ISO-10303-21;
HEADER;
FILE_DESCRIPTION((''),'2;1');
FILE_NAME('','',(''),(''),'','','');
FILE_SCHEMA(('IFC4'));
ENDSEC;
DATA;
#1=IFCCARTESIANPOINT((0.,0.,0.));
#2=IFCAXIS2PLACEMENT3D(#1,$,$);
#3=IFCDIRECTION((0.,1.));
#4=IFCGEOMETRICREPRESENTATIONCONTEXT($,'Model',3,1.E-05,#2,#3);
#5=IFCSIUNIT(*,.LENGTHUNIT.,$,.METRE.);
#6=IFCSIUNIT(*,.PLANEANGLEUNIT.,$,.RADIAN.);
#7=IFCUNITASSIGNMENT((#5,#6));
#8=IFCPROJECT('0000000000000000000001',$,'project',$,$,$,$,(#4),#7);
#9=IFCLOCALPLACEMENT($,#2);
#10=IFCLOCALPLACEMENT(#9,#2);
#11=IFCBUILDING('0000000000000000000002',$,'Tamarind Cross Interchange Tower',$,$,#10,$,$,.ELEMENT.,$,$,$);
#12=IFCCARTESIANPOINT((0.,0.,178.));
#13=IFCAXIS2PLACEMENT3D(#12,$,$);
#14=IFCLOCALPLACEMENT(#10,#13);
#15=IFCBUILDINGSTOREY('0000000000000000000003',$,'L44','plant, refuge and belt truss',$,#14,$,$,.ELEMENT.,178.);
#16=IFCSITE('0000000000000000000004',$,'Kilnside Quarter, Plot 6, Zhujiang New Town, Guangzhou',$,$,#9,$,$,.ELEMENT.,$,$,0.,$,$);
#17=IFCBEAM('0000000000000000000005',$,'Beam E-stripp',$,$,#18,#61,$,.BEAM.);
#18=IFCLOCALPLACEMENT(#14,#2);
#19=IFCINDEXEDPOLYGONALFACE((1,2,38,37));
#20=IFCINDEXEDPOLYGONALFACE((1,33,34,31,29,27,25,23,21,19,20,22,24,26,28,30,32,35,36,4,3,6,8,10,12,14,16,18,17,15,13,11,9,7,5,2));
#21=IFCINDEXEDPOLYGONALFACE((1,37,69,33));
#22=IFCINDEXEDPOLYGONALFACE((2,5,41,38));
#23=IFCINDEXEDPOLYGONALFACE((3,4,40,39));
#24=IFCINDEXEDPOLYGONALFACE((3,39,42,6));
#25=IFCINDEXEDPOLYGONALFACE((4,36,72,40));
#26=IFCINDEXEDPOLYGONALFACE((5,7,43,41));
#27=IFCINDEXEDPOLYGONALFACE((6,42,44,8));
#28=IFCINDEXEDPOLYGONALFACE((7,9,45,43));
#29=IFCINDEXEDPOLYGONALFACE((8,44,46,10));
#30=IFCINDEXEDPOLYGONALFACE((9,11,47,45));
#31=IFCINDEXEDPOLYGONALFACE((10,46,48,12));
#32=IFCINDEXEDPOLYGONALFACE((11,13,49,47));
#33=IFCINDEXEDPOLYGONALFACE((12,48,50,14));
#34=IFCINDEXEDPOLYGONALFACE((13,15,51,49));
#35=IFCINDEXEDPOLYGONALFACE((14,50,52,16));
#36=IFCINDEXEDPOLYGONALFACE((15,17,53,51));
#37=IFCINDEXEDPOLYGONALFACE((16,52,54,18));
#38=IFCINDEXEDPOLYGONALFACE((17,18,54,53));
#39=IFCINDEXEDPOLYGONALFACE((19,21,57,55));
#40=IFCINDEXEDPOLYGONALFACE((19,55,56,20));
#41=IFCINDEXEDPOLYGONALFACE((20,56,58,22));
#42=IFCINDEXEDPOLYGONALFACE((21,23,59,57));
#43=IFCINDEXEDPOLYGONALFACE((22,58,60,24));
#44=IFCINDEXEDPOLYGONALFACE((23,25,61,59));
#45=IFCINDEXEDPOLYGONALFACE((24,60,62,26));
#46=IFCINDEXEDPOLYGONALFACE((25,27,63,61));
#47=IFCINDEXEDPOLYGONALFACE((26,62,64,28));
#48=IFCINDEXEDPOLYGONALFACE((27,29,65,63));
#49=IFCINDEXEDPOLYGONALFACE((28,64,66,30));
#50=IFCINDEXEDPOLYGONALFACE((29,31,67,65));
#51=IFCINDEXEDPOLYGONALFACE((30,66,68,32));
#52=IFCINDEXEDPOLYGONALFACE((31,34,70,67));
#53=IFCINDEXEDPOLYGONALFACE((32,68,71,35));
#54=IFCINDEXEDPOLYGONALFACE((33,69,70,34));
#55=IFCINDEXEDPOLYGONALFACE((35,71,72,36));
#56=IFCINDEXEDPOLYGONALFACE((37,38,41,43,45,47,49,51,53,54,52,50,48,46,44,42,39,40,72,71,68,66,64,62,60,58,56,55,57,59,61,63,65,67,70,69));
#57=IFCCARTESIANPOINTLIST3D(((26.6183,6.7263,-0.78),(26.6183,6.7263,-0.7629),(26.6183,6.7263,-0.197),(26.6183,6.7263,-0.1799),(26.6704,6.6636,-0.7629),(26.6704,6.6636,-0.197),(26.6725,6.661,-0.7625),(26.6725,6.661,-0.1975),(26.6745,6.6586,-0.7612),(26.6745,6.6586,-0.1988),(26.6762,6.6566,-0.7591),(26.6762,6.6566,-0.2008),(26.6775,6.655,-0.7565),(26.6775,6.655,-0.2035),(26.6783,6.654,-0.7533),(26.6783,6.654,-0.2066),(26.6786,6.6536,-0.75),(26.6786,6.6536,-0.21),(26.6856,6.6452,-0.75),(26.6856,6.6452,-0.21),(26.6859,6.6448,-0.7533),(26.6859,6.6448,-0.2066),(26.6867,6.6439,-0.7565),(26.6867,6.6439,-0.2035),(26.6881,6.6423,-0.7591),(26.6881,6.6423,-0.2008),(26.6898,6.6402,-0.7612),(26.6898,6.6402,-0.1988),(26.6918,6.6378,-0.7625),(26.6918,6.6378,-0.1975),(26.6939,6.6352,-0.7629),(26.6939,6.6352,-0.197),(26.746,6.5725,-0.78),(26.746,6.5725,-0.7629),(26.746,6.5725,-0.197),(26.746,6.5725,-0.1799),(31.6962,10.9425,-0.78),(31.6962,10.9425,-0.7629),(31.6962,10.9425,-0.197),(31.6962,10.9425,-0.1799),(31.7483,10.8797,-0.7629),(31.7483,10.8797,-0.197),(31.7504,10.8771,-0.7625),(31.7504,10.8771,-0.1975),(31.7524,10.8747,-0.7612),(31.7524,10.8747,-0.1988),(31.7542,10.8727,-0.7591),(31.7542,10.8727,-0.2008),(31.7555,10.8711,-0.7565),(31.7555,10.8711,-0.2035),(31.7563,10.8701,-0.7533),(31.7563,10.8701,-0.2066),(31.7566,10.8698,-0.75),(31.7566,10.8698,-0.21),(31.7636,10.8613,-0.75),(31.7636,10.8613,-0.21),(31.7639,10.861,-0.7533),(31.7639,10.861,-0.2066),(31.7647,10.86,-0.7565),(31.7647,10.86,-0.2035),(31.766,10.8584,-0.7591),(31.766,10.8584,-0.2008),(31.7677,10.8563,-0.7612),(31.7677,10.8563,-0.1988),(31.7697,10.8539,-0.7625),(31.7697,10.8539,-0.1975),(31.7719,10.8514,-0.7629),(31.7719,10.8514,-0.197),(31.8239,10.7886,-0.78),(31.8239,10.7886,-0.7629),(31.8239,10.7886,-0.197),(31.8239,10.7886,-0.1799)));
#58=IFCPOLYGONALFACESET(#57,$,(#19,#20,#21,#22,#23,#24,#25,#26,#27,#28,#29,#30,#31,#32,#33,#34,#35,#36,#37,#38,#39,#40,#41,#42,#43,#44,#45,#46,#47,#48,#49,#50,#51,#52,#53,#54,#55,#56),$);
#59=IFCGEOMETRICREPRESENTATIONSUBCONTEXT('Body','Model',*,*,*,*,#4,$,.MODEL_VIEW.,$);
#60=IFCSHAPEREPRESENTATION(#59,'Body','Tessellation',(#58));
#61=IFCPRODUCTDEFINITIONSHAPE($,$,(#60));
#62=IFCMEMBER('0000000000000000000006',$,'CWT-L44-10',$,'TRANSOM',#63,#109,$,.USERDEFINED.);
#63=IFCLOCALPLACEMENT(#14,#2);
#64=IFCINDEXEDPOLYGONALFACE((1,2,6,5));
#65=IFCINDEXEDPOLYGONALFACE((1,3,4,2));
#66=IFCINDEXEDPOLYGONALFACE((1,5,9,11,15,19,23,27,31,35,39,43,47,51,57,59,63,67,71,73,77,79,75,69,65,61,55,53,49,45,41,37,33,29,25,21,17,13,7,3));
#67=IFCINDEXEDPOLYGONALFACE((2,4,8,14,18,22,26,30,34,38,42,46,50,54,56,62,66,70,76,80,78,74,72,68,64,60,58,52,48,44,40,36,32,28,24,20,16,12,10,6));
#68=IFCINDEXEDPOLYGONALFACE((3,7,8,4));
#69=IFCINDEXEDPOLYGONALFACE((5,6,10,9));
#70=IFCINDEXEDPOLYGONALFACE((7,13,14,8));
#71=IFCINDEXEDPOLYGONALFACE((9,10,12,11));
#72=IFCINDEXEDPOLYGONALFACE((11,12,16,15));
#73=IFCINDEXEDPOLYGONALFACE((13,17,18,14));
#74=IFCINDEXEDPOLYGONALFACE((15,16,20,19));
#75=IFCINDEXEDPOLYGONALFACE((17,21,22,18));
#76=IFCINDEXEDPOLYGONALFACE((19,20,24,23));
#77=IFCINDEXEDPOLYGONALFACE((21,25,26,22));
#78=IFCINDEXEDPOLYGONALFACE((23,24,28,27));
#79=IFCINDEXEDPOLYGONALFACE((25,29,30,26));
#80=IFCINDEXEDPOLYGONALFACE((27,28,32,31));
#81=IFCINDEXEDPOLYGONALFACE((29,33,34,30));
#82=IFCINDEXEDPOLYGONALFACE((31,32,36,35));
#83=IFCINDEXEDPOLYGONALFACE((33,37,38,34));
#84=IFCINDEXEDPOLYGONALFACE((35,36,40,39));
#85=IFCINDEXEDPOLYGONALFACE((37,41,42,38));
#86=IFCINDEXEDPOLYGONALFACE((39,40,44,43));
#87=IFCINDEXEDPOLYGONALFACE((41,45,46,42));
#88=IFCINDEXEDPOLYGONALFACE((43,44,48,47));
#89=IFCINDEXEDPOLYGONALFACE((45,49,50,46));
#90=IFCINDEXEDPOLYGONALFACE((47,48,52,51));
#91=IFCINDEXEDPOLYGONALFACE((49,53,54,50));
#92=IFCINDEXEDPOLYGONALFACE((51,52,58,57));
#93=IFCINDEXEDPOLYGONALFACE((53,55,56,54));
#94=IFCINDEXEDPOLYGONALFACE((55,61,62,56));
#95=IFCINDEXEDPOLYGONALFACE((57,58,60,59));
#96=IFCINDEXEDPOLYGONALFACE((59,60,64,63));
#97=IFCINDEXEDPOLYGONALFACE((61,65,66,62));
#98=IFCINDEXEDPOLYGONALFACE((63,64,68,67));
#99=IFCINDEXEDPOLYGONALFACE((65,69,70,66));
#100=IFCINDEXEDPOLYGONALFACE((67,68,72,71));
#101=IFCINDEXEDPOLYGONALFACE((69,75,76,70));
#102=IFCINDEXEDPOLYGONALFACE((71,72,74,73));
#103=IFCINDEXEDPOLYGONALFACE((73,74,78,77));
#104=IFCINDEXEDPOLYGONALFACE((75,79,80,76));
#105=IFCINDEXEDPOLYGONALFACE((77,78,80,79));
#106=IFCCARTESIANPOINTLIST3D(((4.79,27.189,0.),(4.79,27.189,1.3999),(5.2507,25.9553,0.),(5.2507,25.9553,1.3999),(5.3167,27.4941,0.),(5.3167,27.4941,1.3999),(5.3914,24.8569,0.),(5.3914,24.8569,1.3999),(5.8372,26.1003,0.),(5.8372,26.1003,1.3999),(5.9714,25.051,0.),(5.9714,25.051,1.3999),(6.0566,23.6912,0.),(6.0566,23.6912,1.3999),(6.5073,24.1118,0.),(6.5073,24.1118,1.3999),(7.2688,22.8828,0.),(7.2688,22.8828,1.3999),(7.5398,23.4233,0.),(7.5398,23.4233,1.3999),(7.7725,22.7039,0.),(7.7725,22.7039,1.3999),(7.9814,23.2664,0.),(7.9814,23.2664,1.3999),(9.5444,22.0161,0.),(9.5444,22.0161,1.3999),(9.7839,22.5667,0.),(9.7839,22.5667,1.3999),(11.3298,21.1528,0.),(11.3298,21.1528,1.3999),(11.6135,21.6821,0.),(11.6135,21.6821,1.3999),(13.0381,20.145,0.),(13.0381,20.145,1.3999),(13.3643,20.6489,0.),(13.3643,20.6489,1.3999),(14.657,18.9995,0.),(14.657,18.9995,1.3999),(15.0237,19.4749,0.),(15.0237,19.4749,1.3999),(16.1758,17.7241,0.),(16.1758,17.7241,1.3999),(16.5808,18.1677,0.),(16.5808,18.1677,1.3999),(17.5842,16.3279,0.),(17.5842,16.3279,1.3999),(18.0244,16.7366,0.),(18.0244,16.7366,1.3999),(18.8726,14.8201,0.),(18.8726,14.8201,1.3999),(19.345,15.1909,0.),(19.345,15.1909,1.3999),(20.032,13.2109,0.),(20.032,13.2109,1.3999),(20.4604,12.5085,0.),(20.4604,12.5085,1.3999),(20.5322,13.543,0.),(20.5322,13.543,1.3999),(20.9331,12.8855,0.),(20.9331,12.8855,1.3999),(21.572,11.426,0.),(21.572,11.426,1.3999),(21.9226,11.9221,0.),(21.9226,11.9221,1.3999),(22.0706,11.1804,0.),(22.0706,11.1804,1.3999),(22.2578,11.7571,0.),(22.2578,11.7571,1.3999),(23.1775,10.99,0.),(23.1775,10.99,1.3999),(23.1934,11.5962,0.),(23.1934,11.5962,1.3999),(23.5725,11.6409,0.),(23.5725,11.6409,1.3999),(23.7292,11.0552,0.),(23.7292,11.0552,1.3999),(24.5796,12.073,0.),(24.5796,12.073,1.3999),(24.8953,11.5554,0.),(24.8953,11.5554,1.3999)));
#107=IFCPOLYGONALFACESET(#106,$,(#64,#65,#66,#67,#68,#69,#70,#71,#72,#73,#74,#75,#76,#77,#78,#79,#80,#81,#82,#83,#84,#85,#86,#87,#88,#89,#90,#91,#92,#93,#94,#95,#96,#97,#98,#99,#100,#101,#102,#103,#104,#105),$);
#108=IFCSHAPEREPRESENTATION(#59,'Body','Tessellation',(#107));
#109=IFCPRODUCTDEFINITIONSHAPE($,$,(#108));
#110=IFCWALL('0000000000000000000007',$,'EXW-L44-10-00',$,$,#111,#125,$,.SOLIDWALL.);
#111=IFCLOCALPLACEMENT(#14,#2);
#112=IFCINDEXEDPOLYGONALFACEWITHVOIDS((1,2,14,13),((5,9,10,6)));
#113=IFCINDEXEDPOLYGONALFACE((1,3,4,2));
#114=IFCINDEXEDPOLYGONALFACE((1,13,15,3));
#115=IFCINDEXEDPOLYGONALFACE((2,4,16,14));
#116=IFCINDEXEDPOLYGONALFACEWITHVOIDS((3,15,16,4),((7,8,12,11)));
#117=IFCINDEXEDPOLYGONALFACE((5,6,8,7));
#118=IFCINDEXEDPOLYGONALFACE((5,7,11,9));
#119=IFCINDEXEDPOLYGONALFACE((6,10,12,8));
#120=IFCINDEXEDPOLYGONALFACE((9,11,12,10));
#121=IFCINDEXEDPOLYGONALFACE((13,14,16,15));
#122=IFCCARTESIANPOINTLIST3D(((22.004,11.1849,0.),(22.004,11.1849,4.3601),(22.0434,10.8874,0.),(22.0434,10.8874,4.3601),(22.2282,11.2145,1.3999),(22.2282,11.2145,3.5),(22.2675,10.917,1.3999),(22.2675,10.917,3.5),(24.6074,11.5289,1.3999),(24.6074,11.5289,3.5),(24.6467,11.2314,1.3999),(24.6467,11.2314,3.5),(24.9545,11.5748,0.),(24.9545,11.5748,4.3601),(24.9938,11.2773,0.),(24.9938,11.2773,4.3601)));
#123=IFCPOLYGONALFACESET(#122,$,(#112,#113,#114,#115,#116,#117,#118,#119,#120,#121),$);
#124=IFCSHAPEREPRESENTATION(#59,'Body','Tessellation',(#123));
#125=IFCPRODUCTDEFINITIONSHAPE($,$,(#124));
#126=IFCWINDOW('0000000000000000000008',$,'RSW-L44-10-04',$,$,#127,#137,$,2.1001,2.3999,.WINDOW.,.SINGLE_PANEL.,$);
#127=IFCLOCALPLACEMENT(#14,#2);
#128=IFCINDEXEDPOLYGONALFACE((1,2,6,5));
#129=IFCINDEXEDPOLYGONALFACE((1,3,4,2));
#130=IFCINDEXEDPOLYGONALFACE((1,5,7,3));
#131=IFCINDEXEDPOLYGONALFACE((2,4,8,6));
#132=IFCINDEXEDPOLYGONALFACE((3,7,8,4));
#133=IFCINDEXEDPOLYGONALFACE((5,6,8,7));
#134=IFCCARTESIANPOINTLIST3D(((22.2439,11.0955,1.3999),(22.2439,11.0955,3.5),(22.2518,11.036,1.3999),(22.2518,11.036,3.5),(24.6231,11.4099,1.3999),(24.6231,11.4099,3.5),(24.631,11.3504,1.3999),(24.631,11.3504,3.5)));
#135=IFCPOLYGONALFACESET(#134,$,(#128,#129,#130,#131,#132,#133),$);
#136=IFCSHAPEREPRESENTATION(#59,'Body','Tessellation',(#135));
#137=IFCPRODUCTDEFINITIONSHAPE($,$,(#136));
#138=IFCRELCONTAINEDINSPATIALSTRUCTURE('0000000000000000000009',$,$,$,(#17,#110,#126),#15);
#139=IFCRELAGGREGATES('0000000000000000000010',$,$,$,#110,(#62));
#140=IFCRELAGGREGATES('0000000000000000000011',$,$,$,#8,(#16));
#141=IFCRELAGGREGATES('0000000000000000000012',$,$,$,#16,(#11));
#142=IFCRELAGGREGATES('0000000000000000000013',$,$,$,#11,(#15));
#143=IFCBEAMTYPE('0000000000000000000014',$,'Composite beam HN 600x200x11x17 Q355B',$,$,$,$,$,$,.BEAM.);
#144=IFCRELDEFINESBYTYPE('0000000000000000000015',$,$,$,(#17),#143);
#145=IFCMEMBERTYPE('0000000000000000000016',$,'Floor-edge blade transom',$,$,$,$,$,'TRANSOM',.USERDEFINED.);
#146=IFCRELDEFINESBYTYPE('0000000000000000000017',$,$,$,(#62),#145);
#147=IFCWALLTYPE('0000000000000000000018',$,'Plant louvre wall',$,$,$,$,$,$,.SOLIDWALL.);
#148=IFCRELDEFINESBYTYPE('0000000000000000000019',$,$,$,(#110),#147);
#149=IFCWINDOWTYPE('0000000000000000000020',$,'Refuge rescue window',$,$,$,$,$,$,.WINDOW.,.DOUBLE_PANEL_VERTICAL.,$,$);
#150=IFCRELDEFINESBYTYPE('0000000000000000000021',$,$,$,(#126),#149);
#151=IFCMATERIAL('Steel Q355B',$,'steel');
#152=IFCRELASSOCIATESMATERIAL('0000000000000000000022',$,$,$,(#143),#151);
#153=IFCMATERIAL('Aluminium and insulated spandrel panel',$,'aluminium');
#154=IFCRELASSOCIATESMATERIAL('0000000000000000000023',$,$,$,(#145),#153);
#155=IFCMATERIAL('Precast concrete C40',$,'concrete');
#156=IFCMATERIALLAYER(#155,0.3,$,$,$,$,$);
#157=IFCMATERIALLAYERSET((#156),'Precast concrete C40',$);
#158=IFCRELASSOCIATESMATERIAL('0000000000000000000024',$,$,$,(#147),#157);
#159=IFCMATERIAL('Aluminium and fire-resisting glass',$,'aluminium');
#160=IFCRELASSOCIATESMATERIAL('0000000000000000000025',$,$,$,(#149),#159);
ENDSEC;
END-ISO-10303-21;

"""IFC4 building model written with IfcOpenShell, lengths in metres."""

from ifc_helpers import new_model, si_unit, direction, frame, frame_2d, origin, origin_2d, place, context, subcontext, project, spatial, polyline, rectangle, i_section, outline, extrude, material, layer, layer_set, material_profile, profile_set, type_object, element, fill, aggregate, save


model = new_model("IFC4")

# Units and contexts
model_context = context("Model", 3, precision=1e-05, world=origin(), true_north=direction((0.0, 1.0)))
body_context = subcontext(model_context, "Body", "Model", "MODEL_VIEW")
ifc_project = project(units=[si_unit("LENGTHUNIT", "METRE"), si_unit("PLANEANGLEUNIT", "RADIAN")], contexts=[model_context])

# Site, building, storey
site_placement = place(None, origin())
site = spatial("IfcSite", under=ifc_project, at=site_placement, Name="Kilnside Quarter, Plot 6, Zhujiang New Town, Guangzhou", CompositionType="ELEMENT", RefElevation=0.0)
building_placement = place(site_placement, origin())
building = spatial("IfcBuilding", under=site, at=building_placement, Name="Tamarind Cross Interchange Tower", CompositionType="ELEMENT")
storey_placement = place(building_placement, frame((0.0, 0.0, 178.0)))
storey = spatial("IfcBuildingStorey", under=building, at=storey_placement, Name="L44", Description="plant, refuge and belt truss", CompositionType="ELEMENT", Elevation=178.0)

# Beam
ifc_material_1 = material(Name="Steel Q355B", Category="steel")
ifc_material_profile_1 = material_profile(ifc_material_1, i_section(OverallWidth=0.2, OverallDepth=0.6001, WebThickness=0.011, FlangeThickness=0.0171, FilletRadius=0.0129, at=origin_2d()), Name="HN 600x200x11x17")
ifc_profile_set_1 = profile_set([ifc_material_profile_1], Name="Steel Q355B")
beam_type_1 = type_object("IfcBeamType", Name="Composite beam HN 600x200x11x17 Q355B", PredefinedType="BEAM", material=ifc_profile_set_1)
for number, where, z_axis, x_axis, name in (
    (1, (26.6821, 6.6494, -0.48), (0.769375, 0.638797, 0.0), (-0.638797, 0.769375, 0.0), "Beam E-stripp"),
):
    element("IfcBeam", number, at=place(storey_placement, frame(where, z_axis=z_axis, x_axis=x_axis)), inside=storey, type_object=beam_type_1, Name=name, PredefinedType="BEAM", context=body_context, shape_type="SweptSolid", body=[
        extrude(i_section(OverallWidth=0.2, OverallDepth=0.6001, WebThickness=0.011, FlangeThickness=0.0171, FilletRadius=0.0129, at=origin_2d()), origin(), (0.0, 0.0, 1.0), 6.6001),
    ])

# Member
ifc_material_2 = material(Name="Aluminium and insulated spandrel panel", Category="aluminium")
member_type_1 = type_object("IfcMemberType", Name="Floor-edge blade transom", ElementType="TRANSOM", PredefinedType="USERDEFINED", material=ifc_material_2)
member_1_placement = place(storey_placement, origin())
member_1 = element("IfcMember", 2, at=member_1_placement, type_object=member_type_1, Name="CWT-L44-10", ObjectType="TRANSOM", PredefinedType="USERDEFINED", context=body_context, shape_type="SweptSolid", body=[
    extrude(outline(polyline([(24.8953, 11.5554), (23.7292, 11.0552), (23.1775, 10.99), (22.0706, 11.1804), (21.572, 11.426), (20.4604, 12.5085), (20.032, 13.2109), (18.8726, 14.8201), (17.5842, 16.3279), (16.1758, 17.7241), (14.657, 18.9995), (13.0381, 20.145), (11.3298, 21.1528), (9.5444, 22.0161), (7.7725, 22.7039), (7.2688, 22.8828), (6.0566, 23.6912), (5.3914, 24.8569), (5.2507, 25.9553), (4.79, 27.189), (5.3167, 27.4941), (5.8372, 26.1003), (5.9714, 25.051), (6.5073, 24.1118), (7.5398, 23.4233), (7.9814, 23.2664), (9.7839, 22.5667), (11.6135, 21.6821), (13.3643, 20.6489), (15.0237, 19.4749), (16.5808, 18.1677), (18.0244, 16.7366), (19.345, 15.1909), (20.5322, 13.543), (20.9331, 12.8855), (21.9226, 11.9221), (22.2578, 11.7571), (23.1934, 11.5962), (23.5725, 11.6409), (24.5796, 12.073), (24.8953, 11.5554)])), origin(), (0.0, 0.0, 1.0), 1.3999),
])

# Wall, opening, window
ifc_material_3 = material(Name="Precast concrete C40", Category="concrete")
ifc_layer_1 = layer(ifc_material_3, 0.3)
ifc_layer_set_1 = layer_set([ifc_layer_1], Name="Precast concrete C40")
wall_type_1 = type_object("IfcWallType", Name="Plant louvre wall", PredefinedType="SOLIDWALL", material=ifc_layer_set_1)
wall_1_placement = place(storey_placement, frame((24.9741, 11.426, 0.0), z_axis=(0.0, 0.0, 1.0), x_axis=(-0.991381, -0.131008, 0.0)))
wall_1 = element("IfcWall", 3, at=wall_1_placement, inside=storey, type_object=wall_type_1, Name="EXW-L44-10-00", PredefinedType="SOLIDWALL", context=body_context, shape_type="SweptSolid", body=[
    extrude(rectangle(XDim=2.9761, YDim=0.3, at=frame_2d((1.488, 0.0))), origin(), (0.0, 0.0, 1.0), 4.3601),
])
opening_placement = place(wall_1_placement, frame((0.3501, 0.0, 1.3999)))
opening = element("IfcOpeningElement", 4, at=opening_placement, cuts=wall_1, PredefinedType="OPENING", context=body_context, shape_type="SweptSolid", body=[
    extrude(rectangle(XDim=2.3999, YDim=2.1001, at=frame_2d((1.2, 1.05))), frame((0.0, 0.1599, 0.0), z_axis=(0.0, -1.0, 0.0), x_axis=(1.0, 0.0, 0.0)), (0.0, 0.0, 1.0), 0.3201),
])
ifc_material_4 = material(Name="Aluminium and fire-resisting glass", Category="aluminium")
window_type = type_object("IfcWindowType", Name="Refuge rescue window", PartitioningType="DOUBLE_PANEL_VERTICAL", PredefinedType="WINDOW", material=ifc_material_4)
window_placement = place(opening_placement, origin())
window = element("IfcWindow", 5, at=window_placement, inside=storey, type_object=window_type, Name="RSW-L44-10-04", OverallHeight=2.1001, OverallWidth=2.3999, PartitioningType="SINGLE_PANEL", PredefinedType="WINDOW", context=body_context, shape_type="SweptSolid", body=[
    extrude(rectangle(XDim=2.3999, YDim=2.1001, at=frame_2d((1.2, 1.05))), frame((0.0, 0.03, 0.0), z_axis=(0.0, -1.0, 0.0), x_axis=(1.0, 0.0, 0.0)), (0.0, 0.0, 1.0), 0.0601),
])
fill(opening, window)
aggregate(wall_1, [member_1])

save(model, "model.ifc")
